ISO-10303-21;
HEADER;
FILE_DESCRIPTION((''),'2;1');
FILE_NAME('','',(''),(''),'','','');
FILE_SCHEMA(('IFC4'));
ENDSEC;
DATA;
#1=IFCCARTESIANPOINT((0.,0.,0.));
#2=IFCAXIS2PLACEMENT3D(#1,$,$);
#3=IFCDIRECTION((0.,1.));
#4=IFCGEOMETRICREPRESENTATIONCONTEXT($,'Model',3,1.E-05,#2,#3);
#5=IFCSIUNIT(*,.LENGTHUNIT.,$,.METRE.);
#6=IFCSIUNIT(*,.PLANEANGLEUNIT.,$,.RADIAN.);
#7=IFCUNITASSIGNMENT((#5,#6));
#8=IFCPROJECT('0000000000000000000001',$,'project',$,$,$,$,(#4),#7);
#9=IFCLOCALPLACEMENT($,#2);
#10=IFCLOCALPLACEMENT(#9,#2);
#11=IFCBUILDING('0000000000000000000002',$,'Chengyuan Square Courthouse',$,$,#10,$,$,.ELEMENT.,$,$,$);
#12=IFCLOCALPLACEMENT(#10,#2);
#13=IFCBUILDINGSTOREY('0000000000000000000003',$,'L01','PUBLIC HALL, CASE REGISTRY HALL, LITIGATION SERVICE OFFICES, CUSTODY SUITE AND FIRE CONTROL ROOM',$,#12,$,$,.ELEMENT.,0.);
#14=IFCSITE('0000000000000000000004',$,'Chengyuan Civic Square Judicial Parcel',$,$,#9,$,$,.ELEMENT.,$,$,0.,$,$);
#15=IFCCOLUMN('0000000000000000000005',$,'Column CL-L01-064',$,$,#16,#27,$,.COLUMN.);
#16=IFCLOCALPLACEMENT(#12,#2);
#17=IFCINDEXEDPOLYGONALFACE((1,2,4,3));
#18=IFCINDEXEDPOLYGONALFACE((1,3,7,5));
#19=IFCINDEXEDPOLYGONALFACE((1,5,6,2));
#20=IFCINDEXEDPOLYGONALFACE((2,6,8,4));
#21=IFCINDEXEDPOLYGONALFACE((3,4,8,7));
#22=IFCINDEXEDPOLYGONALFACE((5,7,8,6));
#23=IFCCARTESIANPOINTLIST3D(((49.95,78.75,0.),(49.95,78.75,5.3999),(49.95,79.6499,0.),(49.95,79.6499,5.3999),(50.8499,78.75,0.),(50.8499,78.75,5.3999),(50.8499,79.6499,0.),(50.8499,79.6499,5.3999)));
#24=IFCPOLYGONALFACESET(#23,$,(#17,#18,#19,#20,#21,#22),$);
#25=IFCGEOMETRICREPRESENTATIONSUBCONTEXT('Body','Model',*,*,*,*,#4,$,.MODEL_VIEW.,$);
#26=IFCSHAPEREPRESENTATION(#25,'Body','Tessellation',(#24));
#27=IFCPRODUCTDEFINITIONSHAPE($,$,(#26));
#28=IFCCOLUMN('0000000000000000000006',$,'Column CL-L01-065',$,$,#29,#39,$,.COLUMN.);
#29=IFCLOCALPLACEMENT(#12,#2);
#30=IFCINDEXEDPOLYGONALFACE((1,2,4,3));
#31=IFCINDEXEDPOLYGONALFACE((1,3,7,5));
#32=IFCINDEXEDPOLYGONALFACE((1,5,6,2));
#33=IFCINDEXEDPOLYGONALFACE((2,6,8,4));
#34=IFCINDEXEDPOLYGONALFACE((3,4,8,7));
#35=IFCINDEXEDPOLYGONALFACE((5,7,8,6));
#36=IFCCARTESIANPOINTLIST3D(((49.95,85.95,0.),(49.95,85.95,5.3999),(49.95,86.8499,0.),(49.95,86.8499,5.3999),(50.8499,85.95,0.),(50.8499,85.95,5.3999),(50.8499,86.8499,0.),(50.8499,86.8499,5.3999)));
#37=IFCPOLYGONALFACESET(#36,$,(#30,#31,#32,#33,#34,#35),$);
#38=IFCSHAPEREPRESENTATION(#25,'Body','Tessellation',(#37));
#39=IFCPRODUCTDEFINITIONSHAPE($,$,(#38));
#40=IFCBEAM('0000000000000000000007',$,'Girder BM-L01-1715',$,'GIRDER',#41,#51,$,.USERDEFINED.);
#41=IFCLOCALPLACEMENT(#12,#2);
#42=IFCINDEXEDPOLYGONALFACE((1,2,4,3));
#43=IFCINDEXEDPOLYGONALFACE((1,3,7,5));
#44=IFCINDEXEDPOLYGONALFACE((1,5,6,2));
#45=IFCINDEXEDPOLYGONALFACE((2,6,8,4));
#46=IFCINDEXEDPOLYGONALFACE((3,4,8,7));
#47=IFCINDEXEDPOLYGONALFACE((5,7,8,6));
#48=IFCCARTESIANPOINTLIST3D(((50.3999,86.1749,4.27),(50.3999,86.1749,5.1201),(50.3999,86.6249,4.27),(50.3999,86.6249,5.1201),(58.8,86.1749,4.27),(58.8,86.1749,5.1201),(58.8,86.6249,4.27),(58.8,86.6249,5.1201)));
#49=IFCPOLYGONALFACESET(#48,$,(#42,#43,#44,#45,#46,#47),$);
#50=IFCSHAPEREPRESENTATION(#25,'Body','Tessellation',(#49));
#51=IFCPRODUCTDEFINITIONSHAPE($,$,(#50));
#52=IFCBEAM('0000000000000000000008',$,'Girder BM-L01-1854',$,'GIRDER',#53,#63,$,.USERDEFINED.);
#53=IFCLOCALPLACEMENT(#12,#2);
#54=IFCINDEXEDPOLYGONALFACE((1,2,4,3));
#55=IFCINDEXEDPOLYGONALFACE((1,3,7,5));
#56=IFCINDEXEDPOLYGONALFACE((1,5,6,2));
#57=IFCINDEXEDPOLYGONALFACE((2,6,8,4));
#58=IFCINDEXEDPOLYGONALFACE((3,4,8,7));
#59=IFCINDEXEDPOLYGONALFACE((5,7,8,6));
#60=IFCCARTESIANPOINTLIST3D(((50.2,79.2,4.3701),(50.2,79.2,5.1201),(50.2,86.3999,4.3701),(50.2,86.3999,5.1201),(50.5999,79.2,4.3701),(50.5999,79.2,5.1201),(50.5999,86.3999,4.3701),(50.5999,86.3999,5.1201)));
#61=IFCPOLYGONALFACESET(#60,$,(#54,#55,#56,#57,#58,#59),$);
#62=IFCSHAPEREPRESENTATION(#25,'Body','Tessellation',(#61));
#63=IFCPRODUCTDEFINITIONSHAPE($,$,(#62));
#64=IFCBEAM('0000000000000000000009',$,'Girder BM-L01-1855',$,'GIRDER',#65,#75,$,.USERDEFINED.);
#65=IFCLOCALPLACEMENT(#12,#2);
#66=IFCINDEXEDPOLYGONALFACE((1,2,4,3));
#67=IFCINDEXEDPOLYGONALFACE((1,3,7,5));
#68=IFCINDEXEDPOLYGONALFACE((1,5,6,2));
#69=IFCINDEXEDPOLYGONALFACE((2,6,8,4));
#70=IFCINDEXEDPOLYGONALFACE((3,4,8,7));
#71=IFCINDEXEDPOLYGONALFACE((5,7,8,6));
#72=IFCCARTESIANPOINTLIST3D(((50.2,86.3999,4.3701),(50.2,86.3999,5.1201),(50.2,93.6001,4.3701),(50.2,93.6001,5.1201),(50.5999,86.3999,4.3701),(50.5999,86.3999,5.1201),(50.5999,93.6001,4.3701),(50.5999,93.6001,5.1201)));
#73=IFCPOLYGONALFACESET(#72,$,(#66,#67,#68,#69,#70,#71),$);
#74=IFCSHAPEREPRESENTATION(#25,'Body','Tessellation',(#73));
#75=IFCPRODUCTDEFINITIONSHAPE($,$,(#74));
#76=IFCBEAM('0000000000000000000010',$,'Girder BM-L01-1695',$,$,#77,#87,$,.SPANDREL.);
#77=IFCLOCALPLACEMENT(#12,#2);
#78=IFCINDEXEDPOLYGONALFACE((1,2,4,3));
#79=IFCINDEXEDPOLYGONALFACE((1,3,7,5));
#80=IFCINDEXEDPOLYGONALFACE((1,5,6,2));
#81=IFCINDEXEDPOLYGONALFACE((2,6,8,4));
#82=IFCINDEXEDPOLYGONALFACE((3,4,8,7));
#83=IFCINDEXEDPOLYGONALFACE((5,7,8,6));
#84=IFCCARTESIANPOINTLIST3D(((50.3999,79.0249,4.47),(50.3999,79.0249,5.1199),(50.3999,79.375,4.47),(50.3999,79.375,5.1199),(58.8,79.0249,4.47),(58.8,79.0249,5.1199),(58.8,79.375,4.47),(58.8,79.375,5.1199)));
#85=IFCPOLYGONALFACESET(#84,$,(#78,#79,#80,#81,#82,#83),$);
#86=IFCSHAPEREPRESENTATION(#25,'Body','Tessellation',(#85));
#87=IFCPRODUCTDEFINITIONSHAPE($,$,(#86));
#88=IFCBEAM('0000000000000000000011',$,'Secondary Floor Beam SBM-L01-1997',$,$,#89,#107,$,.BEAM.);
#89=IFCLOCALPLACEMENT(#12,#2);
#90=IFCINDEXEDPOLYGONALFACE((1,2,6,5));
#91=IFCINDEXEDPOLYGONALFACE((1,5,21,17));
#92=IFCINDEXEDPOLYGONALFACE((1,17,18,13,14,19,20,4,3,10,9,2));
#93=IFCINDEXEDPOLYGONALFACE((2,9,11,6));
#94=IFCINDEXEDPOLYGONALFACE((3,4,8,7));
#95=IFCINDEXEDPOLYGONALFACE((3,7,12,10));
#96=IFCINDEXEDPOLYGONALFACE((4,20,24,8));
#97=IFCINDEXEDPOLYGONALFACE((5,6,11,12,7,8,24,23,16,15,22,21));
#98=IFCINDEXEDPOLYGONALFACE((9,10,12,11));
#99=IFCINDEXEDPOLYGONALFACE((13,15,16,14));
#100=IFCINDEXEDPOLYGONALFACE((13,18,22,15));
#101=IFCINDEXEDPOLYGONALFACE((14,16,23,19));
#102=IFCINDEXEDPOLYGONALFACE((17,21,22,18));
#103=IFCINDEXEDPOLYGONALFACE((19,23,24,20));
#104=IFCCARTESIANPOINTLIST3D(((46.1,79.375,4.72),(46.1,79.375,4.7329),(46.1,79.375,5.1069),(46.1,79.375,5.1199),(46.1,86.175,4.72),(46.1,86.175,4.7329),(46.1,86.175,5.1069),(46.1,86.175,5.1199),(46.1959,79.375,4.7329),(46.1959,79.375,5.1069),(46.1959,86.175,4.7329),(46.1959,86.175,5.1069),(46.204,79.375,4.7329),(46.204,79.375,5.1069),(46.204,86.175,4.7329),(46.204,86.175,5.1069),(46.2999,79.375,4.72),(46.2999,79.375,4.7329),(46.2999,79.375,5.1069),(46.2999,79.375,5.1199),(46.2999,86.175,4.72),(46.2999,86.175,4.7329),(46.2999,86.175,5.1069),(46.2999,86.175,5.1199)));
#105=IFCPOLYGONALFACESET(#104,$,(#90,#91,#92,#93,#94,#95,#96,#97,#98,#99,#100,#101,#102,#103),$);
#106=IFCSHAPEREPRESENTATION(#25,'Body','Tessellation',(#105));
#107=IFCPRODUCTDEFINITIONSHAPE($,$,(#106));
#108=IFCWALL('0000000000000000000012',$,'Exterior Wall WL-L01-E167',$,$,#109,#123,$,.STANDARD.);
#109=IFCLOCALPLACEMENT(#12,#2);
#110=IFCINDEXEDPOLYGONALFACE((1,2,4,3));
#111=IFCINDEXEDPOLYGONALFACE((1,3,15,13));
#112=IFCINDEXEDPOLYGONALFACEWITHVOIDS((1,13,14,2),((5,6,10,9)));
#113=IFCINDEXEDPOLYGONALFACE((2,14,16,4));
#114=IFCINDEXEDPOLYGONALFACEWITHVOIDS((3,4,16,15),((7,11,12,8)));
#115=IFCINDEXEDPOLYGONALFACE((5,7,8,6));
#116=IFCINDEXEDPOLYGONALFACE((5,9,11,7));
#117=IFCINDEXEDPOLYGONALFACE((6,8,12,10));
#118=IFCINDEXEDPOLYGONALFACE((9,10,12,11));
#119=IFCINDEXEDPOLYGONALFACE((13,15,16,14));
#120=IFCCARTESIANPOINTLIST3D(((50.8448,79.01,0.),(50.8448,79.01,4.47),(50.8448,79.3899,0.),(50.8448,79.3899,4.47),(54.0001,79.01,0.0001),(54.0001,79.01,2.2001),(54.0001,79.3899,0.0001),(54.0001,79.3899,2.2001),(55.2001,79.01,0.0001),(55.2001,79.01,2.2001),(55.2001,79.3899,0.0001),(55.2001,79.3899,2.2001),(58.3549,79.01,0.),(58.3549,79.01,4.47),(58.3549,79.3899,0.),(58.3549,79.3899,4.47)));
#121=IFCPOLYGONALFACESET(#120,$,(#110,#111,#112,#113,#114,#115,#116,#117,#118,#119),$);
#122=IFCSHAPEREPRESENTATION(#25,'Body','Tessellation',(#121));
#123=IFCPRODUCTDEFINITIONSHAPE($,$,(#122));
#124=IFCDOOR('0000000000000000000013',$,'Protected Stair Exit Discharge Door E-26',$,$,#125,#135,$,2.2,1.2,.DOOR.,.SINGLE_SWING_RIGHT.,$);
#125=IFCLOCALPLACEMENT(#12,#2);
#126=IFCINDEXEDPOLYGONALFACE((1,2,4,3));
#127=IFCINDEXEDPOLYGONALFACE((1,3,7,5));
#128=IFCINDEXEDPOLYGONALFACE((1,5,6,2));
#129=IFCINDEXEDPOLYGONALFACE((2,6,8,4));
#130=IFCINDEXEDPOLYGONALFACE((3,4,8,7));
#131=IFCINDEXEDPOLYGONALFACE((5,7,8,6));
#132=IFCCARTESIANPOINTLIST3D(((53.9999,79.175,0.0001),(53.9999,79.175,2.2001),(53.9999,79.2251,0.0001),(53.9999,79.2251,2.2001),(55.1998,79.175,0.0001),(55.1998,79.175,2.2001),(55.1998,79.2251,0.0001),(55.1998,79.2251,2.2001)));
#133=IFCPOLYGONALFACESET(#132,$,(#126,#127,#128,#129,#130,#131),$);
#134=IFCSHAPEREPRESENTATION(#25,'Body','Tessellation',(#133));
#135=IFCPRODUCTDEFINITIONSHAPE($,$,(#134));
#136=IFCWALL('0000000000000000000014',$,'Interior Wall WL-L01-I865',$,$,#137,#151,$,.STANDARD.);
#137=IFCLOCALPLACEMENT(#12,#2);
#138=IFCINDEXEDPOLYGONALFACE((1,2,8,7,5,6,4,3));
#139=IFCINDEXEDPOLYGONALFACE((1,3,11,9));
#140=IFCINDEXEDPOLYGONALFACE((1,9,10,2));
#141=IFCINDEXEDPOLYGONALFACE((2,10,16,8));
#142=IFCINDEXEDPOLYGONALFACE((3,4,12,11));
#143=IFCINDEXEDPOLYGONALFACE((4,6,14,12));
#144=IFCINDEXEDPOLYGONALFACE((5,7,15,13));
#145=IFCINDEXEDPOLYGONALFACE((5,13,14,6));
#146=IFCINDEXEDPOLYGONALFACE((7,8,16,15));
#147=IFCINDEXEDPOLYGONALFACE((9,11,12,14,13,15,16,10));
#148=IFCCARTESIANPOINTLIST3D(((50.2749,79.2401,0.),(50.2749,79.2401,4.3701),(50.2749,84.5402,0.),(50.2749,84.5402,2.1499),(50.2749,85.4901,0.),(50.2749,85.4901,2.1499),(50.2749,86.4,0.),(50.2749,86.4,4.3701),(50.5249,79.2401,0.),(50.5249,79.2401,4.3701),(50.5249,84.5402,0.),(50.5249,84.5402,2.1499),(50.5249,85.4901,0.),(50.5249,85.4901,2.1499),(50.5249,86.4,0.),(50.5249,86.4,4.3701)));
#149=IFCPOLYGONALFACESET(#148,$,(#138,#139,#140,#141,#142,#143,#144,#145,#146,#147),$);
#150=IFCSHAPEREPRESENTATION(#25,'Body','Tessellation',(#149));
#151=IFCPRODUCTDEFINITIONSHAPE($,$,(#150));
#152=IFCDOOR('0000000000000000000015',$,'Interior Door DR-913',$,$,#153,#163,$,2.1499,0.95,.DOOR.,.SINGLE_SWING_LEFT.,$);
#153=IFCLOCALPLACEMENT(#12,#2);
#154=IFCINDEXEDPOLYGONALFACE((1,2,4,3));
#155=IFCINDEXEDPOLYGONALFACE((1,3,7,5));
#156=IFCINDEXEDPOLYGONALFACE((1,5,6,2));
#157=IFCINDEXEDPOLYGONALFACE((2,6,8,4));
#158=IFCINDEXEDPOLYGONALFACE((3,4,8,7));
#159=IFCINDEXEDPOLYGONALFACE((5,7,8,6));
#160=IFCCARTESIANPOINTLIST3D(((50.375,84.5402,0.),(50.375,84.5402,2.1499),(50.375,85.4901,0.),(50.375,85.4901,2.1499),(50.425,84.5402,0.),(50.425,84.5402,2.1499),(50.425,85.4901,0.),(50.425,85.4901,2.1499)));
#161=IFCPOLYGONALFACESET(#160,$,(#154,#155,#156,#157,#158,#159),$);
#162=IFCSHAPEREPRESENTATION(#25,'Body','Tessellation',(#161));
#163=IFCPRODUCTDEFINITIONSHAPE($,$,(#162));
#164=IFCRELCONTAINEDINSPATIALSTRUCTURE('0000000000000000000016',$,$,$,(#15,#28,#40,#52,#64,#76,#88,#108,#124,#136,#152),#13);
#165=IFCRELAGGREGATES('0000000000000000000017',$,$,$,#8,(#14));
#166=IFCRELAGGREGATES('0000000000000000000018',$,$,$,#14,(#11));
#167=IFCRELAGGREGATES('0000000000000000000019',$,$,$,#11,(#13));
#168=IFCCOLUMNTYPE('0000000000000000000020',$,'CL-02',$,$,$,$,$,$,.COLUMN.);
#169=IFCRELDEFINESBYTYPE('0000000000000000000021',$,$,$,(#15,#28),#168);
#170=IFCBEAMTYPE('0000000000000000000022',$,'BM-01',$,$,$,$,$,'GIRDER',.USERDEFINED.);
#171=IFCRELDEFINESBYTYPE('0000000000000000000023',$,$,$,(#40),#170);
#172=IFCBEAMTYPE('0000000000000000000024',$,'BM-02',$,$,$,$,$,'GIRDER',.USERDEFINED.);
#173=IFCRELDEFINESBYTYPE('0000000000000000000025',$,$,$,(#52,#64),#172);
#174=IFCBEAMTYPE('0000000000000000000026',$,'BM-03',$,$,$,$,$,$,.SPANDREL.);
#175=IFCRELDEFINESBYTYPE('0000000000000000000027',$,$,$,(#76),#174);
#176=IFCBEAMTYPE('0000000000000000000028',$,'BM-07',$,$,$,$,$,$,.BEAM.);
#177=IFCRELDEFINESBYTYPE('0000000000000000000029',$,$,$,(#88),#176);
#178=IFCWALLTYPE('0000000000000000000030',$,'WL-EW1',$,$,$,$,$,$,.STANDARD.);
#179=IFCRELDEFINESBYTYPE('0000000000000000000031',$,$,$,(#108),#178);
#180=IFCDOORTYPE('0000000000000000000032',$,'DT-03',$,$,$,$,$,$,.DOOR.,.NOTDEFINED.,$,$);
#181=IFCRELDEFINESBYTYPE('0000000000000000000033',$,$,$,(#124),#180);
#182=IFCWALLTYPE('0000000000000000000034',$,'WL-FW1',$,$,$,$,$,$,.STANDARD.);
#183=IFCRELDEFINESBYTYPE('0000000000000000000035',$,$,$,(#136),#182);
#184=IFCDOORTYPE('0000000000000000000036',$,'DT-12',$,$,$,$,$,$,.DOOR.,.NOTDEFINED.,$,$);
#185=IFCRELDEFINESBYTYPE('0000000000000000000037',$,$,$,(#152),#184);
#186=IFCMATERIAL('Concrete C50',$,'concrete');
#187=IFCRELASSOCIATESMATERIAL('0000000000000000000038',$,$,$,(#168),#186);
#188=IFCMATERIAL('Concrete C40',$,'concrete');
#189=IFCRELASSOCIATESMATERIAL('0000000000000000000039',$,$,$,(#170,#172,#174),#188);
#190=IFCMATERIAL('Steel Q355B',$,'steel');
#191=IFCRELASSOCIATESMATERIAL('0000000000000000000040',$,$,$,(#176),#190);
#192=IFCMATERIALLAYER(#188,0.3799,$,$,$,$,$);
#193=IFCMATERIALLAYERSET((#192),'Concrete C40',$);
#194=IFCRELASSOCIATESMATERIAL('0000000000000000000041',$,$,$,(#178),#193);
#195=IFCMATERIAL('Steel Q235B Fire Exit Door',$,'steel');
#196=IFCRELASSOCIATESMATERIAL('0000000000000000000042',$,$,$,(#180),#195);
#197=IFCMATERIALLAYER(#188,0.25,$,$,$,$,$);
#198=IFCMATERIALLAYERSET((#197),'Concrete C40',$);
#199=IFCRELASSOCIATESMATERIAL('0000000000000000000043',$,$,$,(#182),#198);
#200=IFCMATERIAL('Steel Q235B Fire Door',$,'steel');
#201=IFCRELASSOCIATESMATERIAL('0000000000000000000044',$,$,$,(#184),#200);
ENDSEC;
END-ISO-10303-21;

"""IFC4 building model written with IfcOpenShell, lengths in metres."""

from ifc_helpers import new_model, si_unit, direction, frame, frame_2d, origin, origin_2d, place, context, subcontext, project, spatial, rectangle, i_section, extrude, material, layer, layer_set, material_profile, profile_set, type_object, element, fill, save


model = new_model("IFC4")

# Units and contexts
model_context = context("Model", 3, precision=1e-05, world=origin(), true_north=direction((0.0, 1.0)))
body_context = subcontext(model_context, "Body", "Model", "MODEL_VIEW")
ifc_project = project(units=[si_unit("LENGTHUNIT", "METRE"), si_unit("PLANEANGLEUNIT", "RADIAN")], contexts=[model_context])

# Site, building, storey
site_placement = place(None, origin())
site = spatial("IfcSite", under=ifc_project, at=site_placement, Name="Chengyuan Civic Square Judicial Parcel", CompositionType="ELEMENT", RefElevation=0.0)
building_placement = place(site_placement, origin())
building = spatial("IfcBuilding", under=site, at=building_placement, Name="Chengyuan Square Courthouse", CompositionType="ELEMENT")
storey_placement = place(building_placement, origin())
storey = spatial("IfcBuildingStorey", under=building, at=storey_placement, Name="L01", Description="PUBLIC HALL, CASE REGISTRY HALL, LITIGATION SERVICE OFFICES, CUSTODY SUITE AND FIRE CONTROL ROOM", CompositionType="ELEMENT", Elevation=0.0)

# Columns
ifc_material_1 = material(Name="Concrete C50", Category="concrete")
ifc_material_profile_1 = material_profile(ifc_material_1, rectangle(XDim=0.8999, YDim=0.8999, at=origin_2d()), Name="RC-COL-900x900")
ifc_profile_set_1 = profile_set([ifc_material_profile_1], Name="Concrete C50")
column_type = type_object("IfcColumnType", Name="CL-02", PredefinedType="COLUMN", material=ifc_profile_set_1)
for number, where, z_axis, x_axis, name in (
    (1, (50.3999, 79.2, 0.0), (0.0, 0.0, 1.0), (1.0, 0.0, 0.0), "Column CL-L01-064"),
    (2, (50.3999, 86.3999, 0.0), (0.0, 0.0, 1.0), (1.0, 0.0, 0.0), "Column CL-L01-065"),
):
    element("IfcColumn", number, at=place(storey_placement, frame(where, z_axis=z_axis, x_axis=x_axis)), inside=storey, type_object=column_type, Name=name, PredefinedType="COLUMN", context=body_context, shape_type="SweptSolid", body=[
        extrude(rectangle(XDim=0.8999, YDim=0.8999, at=origin_2d()), origin(), (0.0, 0.0, 1.0), 5.3999),
    ])

# Beams
ifc_material_2 = material(Name="Concrete C40", Category="concrete")
ifc_material_profile_2 = material_profile(ifc_material_2, rectangle(XDim=0.45, YDim=0.8501, at=origin_2d()), Name="RC-BM-450x850")
ifc_profile_set_2 = profile_set([ifc_material_profile_2], Name="Concrete C40")
beam_type_1 = type_object("IfcBeamType", Name="BM-01", ElementType="GIRDER", PredefinedType="USERDEFINED", material=ifc_profile_set_2)
beam_1_placement = place(storey_placement, frame((50.3999, 86.3999, 4.6951), z_axis=(1.0, 0.0, 0.0), x_axis=(0.0, 1.0, 0.0)))
element("IfcBeam", 3, at=beam_1_placement, inside=storey, type_object=beam_type_1, Name="Girder BM-L01-1715", ObjectType="GIRDER", PredefinedType="USERDEFINED", context=body_context, shape_type="SweptSolid", body=[
    extrude(rectangle(XDim=0.45, YDim=0.8501, at=origin_2d()), origin(), (0.0, 0.0, 1.0), 8.4001),
])
ifc_material_profile_3 = material_profile(ifc_material_2, rectangle(XDim=0.3999, YDim=0.75, at=origin_2d()), Name="RC-BM-400x750")
ifc_profile_set_3 = profile_set([ifc_material_profile_3], Name="Concrete C40")
beam_type_2 = type_object("IfcBeamType", Name="BM-02", ElementType="GIRDER", PredefinedType="USERDEFINED", material=ifc_profile_set_3)
beam_2_placement = place(storey_placement, frame((50.3999, 79.2, 4.7451), z_axis=(0.0, 1.0, 0.0), x_axis=(-1.0, 0.0, 0.0)))
element("IfcBeam", 4, at=beam_2_placement, inside=storey, type_object=beam_type_2, Name="Girder BM-L01-1854", ObjectType="GIRDER", PredefinedType="USERDEFINED", context=body_context, shape_type="SweptSolid", body=[
    extrude(rectangle(XDim=0.3999, YDim=0.75, at=origin_2d()), origin(), (0.0, 0.0, 1.0), 7.2),
])
beam_3_placement = place(storey_placement, frame((50.3999, 86.3999, 4.7451), z_axis=(0.0, 1.0, 0.0), x_axis=(-1.0, 0.0, 0.0)))
element("IfcBeam", 5, at=beam_3_placement, inside=storey, type_object=beam_type_2, Name="Girder BM-L01-1855", ObjectType="GIRDER", PredefinedType="USERDEFINED", context=body_context, shape_type="SweptSolid", body=[
    extrude(rectangle(XDim=0.3999, YDim=0.75, at=origin_2d()), origin(), (0.0, 0.0, 1.0), 7.2002),
])
ifc_material_profile_4 = material_profile(ifc_material_2, rectangle(XDim=0.3501, YDim=0.6499, at=origin_2d()), Name="RC-BM-350x650")
ifc_profile_set_4 = profile_set([ifc_material_profile_4], Name="Concrete C40")
beam_type_3 = type_object("IfcBeamType", Name="BM-03", PredefinedType="SPANDREL", material=ifc_profile_set_4)
beam_4_placement = place(storey_placement, frame((50.3999, 79.2, 4.7949), z_axis=(1.0, 0.0, 0.0), x_axis=(0.0, 1.0, 0.0)))
element("IfcBeam", 6, at=beam_4_placement, inside=storey, type_object=beam_type_3, Name="Girder BM-L01-1695", PredefinedType="SPANDREL", context=body_context, shape_type="SweptSolid", body=[
    extrude(rectangle(XDim=0.3501, YDim=0.6499, at=origin_2d()), origin(), (0.0, 0.0, 1.0), 8.4001),
])
ifc_material_3 = material(Name="Steel Q355B", Category="steel")
ifc_material_profile_5 = material_profile(ifc_material_3, i_section(OverallWidth=0.2, OverallDepth=0.3999, WebThickness=0.0081, FlangeThickness=0.0129, at=origin_2d()), Name="HN 400x200x8x13")
ifc_profile_set_5 = profile_set([ifc_material_profile_5], Name="Steel Q355B")
beam_type_4 = type_object("IfcBeamType", Name="BM-07", PredefinedType="BEAM", material=ifc_profile_set_5)
beam_5_placement = place(storey_placement, frame((46.2, 79.375, 4.9199), z_axis=(0.0, 1.0, 0.0), x_axis=(-1.0, 0.0, 0.0)))
element("IfcBeam", 7, at=beam_5_placement, inside=storey, type_object=beam_type_4, Name="Secondary Floor Beam SBM-L01-1997", PredefinedType="BEAM", context=body_context, shape_type="SweptSolid", body=[
    extrude(i_section(OverallWidth=0.2, OverallDepth=0.3999, WebThickness=0.0081, FlangeThickness=0.0129, at=origin_2d()), origin(), (0.0, 0.0, 1.0), 6.8),
])

# Walls, openings, doors
ifc_layer_1 = layer(ifc_material_2, 0.3799)
ifc_layer_set_1 = layer_set([ifc_layer_1], Name="Concrete C40")
wall_type_1 = type_object("IfcWallType", Name="WL-EW1", PredefinedType="STANDARD", material=ifc_layer_set_1)
wall_1_placement = place(storey_placement, frame((50.845, 79.2, 0.0), z_axis=(0.0, 0.0, 1.0), x_axis=(1.0, 0.0, 0.0)))
wall_1 = element("IfcWall", 8, at=wall_1_placement, inside=storey, type_object=wall_type_1, Name="Exterior Wall WL-L01-E167", PredefinedType="STANDARD", context=body_context, shape_type="SweptSolid", body=[
    extrude(rectangle(XDim=7.51, YDim=0.3799, at=frame_2d((3.7549, 0.0))), origin(), (0.0, 0.0, 1.0), 4.47),
])
opening_1_placement = place(wall_1_placement, frame((3.155, 0.0, 0.0)))
opening_1 = element("IfcOpeningElement", 9, at=opening_1_placement, cuts=wall_1, PredefinedType="OPENING", context=body_context, shape_type="SweptSolid", body=[
    extrude(rectangle(XDim=1.2, YDim=2.2, at=frame_2d((0.6001, 1.1001))), frame((0.0, 0.2019, 0.0), z_axis=(0.0, -1.0, 0.0), x_axis=(1.0, 0.0, 0.0)), (0.0, 0.0, 1.0), 0.4038),
])
ifc_material_4 = material(Name="Steel Q235B Fire Exit Door", Category="steel")
door_type_1 = type_object("IfcDoorType", Name="DT-03", OperationType="NOTDEFINED", PredefinedType="DOOR", material=ifc_material_4)
door_1_placement = place(opening_1_placement, frame((1.2, 0.0, 0.0), z_axis=(0.0, 0.0, 1.0), x_axis=(-1.0, 0.0, 0.0)))
door_1 = element("IfcDoor", 10, at=door_1_placement, inside=storey, type_object=door_type_1, Name="Protected Stair Exit Discharge Door E-26", OperationType="SINGLE_SWING_RIGHT", OverallHeight=2.2, OverallWidth=1.2, PredefinedType="DOOR", context=body_context, shape_type="SweptSolid", body=[
    extrude(rectangle(XDim=1.2, YDim=2.2, at=frame_2d((0.6001, 1.1001))), frame((0.0, 0.0249, 0.0), z_axis=(0.0, -1.0, 0.0), x_axis=(1.0, 0.0, 0.0)), (0.0, 0.0, 1.0), 0.05),
])
fill(opening_1, door_1)
ifc_layer_2 = layer(ifc_material_2, 0.25)
ifc_layer_set_2 = layer_set([ifc_layer_2], Name="Concrete C40")
wall_type_2 = type_object("IfcWallType", Name="WL-FW1", PredefinedType="STANDARD", material=ifc_layer_set_2)
wall_2_placement = place(storey_placement, frame((50.3999, 79.24, 0.0), z_axis=(0.0, 0.0, 1.0), x_axis=(0.0, 1.0, 0.0)))
wall_2 = element("IfcWall", 11, at=wall_2_placement, inside=storey, type_object=wall_type_2, Name="Interior Wall WL-L01-I865", PredefinedType="STANDARD", context=body_context, shape_type="SweptSolid", body=[
    extrude(rectangle(XDim=7.1599, YDim=0.25, at=frame_2d((3.5801, 0.0))), origin(), (0.0, 0.0, 1.0), 4.3701),
])
opening_2_placement = place(wall_2_placement, frame((5.3, 0.0, 0.0)))
opening_2 = element("IfcOpeningElement", 12, at=opening_2_placement, cuts=wall_2, PredefinedType="OPENING", context=body_context, shape_type="SweptSolid", body=[
    extrude(rectangle(XDim=0.95, YDim=2.1499, at=frame_2d((0.4751, 1.075))), frame((0.0, 0.137, 0.0), z_axis=(0.0, -1.0, 0.0), x_axis=(1.0, 0.0, 0.0)), (0.0, 0.0, 1.0), 0.2739),
])
ifc_material_5 = material(Name="Steel Q235B Fire Door", Category="steel")
door_type_2 = type_object("IfcDoorType", Name="DT-12", OperationType="NOTDEFINED", PredefinedType="DOOR", material=ifc_material_5)
door_2_placement = place(opening_2_placement, origin())
door_2 = element("IfcDoor", 13, at=door_2_placement, inside=storey, type_object=door_type_2, Name="Interior Door DR-913", OperationType="SINGLE_SWING_LEFT", OverallHeight=2.1499, OverallWidth=0.95, PredefinedType="DOOR", context=body_context, shape_type="SweptSolid", body=[
    extrude(rectangle(XDim=0.95, YDim=2.1499, at=frame_2d((0.4751, 1.075))), frame((0.0, 0.0249, 0.0), z_axis=(0.0, -1.0, 0.0), x_axis=(1.0, 0.0, 0.0)), (0.0, 0.0, 1.0), 0.05),
])
fill(opening_2, door_2)

save(model, "model.ifc")
